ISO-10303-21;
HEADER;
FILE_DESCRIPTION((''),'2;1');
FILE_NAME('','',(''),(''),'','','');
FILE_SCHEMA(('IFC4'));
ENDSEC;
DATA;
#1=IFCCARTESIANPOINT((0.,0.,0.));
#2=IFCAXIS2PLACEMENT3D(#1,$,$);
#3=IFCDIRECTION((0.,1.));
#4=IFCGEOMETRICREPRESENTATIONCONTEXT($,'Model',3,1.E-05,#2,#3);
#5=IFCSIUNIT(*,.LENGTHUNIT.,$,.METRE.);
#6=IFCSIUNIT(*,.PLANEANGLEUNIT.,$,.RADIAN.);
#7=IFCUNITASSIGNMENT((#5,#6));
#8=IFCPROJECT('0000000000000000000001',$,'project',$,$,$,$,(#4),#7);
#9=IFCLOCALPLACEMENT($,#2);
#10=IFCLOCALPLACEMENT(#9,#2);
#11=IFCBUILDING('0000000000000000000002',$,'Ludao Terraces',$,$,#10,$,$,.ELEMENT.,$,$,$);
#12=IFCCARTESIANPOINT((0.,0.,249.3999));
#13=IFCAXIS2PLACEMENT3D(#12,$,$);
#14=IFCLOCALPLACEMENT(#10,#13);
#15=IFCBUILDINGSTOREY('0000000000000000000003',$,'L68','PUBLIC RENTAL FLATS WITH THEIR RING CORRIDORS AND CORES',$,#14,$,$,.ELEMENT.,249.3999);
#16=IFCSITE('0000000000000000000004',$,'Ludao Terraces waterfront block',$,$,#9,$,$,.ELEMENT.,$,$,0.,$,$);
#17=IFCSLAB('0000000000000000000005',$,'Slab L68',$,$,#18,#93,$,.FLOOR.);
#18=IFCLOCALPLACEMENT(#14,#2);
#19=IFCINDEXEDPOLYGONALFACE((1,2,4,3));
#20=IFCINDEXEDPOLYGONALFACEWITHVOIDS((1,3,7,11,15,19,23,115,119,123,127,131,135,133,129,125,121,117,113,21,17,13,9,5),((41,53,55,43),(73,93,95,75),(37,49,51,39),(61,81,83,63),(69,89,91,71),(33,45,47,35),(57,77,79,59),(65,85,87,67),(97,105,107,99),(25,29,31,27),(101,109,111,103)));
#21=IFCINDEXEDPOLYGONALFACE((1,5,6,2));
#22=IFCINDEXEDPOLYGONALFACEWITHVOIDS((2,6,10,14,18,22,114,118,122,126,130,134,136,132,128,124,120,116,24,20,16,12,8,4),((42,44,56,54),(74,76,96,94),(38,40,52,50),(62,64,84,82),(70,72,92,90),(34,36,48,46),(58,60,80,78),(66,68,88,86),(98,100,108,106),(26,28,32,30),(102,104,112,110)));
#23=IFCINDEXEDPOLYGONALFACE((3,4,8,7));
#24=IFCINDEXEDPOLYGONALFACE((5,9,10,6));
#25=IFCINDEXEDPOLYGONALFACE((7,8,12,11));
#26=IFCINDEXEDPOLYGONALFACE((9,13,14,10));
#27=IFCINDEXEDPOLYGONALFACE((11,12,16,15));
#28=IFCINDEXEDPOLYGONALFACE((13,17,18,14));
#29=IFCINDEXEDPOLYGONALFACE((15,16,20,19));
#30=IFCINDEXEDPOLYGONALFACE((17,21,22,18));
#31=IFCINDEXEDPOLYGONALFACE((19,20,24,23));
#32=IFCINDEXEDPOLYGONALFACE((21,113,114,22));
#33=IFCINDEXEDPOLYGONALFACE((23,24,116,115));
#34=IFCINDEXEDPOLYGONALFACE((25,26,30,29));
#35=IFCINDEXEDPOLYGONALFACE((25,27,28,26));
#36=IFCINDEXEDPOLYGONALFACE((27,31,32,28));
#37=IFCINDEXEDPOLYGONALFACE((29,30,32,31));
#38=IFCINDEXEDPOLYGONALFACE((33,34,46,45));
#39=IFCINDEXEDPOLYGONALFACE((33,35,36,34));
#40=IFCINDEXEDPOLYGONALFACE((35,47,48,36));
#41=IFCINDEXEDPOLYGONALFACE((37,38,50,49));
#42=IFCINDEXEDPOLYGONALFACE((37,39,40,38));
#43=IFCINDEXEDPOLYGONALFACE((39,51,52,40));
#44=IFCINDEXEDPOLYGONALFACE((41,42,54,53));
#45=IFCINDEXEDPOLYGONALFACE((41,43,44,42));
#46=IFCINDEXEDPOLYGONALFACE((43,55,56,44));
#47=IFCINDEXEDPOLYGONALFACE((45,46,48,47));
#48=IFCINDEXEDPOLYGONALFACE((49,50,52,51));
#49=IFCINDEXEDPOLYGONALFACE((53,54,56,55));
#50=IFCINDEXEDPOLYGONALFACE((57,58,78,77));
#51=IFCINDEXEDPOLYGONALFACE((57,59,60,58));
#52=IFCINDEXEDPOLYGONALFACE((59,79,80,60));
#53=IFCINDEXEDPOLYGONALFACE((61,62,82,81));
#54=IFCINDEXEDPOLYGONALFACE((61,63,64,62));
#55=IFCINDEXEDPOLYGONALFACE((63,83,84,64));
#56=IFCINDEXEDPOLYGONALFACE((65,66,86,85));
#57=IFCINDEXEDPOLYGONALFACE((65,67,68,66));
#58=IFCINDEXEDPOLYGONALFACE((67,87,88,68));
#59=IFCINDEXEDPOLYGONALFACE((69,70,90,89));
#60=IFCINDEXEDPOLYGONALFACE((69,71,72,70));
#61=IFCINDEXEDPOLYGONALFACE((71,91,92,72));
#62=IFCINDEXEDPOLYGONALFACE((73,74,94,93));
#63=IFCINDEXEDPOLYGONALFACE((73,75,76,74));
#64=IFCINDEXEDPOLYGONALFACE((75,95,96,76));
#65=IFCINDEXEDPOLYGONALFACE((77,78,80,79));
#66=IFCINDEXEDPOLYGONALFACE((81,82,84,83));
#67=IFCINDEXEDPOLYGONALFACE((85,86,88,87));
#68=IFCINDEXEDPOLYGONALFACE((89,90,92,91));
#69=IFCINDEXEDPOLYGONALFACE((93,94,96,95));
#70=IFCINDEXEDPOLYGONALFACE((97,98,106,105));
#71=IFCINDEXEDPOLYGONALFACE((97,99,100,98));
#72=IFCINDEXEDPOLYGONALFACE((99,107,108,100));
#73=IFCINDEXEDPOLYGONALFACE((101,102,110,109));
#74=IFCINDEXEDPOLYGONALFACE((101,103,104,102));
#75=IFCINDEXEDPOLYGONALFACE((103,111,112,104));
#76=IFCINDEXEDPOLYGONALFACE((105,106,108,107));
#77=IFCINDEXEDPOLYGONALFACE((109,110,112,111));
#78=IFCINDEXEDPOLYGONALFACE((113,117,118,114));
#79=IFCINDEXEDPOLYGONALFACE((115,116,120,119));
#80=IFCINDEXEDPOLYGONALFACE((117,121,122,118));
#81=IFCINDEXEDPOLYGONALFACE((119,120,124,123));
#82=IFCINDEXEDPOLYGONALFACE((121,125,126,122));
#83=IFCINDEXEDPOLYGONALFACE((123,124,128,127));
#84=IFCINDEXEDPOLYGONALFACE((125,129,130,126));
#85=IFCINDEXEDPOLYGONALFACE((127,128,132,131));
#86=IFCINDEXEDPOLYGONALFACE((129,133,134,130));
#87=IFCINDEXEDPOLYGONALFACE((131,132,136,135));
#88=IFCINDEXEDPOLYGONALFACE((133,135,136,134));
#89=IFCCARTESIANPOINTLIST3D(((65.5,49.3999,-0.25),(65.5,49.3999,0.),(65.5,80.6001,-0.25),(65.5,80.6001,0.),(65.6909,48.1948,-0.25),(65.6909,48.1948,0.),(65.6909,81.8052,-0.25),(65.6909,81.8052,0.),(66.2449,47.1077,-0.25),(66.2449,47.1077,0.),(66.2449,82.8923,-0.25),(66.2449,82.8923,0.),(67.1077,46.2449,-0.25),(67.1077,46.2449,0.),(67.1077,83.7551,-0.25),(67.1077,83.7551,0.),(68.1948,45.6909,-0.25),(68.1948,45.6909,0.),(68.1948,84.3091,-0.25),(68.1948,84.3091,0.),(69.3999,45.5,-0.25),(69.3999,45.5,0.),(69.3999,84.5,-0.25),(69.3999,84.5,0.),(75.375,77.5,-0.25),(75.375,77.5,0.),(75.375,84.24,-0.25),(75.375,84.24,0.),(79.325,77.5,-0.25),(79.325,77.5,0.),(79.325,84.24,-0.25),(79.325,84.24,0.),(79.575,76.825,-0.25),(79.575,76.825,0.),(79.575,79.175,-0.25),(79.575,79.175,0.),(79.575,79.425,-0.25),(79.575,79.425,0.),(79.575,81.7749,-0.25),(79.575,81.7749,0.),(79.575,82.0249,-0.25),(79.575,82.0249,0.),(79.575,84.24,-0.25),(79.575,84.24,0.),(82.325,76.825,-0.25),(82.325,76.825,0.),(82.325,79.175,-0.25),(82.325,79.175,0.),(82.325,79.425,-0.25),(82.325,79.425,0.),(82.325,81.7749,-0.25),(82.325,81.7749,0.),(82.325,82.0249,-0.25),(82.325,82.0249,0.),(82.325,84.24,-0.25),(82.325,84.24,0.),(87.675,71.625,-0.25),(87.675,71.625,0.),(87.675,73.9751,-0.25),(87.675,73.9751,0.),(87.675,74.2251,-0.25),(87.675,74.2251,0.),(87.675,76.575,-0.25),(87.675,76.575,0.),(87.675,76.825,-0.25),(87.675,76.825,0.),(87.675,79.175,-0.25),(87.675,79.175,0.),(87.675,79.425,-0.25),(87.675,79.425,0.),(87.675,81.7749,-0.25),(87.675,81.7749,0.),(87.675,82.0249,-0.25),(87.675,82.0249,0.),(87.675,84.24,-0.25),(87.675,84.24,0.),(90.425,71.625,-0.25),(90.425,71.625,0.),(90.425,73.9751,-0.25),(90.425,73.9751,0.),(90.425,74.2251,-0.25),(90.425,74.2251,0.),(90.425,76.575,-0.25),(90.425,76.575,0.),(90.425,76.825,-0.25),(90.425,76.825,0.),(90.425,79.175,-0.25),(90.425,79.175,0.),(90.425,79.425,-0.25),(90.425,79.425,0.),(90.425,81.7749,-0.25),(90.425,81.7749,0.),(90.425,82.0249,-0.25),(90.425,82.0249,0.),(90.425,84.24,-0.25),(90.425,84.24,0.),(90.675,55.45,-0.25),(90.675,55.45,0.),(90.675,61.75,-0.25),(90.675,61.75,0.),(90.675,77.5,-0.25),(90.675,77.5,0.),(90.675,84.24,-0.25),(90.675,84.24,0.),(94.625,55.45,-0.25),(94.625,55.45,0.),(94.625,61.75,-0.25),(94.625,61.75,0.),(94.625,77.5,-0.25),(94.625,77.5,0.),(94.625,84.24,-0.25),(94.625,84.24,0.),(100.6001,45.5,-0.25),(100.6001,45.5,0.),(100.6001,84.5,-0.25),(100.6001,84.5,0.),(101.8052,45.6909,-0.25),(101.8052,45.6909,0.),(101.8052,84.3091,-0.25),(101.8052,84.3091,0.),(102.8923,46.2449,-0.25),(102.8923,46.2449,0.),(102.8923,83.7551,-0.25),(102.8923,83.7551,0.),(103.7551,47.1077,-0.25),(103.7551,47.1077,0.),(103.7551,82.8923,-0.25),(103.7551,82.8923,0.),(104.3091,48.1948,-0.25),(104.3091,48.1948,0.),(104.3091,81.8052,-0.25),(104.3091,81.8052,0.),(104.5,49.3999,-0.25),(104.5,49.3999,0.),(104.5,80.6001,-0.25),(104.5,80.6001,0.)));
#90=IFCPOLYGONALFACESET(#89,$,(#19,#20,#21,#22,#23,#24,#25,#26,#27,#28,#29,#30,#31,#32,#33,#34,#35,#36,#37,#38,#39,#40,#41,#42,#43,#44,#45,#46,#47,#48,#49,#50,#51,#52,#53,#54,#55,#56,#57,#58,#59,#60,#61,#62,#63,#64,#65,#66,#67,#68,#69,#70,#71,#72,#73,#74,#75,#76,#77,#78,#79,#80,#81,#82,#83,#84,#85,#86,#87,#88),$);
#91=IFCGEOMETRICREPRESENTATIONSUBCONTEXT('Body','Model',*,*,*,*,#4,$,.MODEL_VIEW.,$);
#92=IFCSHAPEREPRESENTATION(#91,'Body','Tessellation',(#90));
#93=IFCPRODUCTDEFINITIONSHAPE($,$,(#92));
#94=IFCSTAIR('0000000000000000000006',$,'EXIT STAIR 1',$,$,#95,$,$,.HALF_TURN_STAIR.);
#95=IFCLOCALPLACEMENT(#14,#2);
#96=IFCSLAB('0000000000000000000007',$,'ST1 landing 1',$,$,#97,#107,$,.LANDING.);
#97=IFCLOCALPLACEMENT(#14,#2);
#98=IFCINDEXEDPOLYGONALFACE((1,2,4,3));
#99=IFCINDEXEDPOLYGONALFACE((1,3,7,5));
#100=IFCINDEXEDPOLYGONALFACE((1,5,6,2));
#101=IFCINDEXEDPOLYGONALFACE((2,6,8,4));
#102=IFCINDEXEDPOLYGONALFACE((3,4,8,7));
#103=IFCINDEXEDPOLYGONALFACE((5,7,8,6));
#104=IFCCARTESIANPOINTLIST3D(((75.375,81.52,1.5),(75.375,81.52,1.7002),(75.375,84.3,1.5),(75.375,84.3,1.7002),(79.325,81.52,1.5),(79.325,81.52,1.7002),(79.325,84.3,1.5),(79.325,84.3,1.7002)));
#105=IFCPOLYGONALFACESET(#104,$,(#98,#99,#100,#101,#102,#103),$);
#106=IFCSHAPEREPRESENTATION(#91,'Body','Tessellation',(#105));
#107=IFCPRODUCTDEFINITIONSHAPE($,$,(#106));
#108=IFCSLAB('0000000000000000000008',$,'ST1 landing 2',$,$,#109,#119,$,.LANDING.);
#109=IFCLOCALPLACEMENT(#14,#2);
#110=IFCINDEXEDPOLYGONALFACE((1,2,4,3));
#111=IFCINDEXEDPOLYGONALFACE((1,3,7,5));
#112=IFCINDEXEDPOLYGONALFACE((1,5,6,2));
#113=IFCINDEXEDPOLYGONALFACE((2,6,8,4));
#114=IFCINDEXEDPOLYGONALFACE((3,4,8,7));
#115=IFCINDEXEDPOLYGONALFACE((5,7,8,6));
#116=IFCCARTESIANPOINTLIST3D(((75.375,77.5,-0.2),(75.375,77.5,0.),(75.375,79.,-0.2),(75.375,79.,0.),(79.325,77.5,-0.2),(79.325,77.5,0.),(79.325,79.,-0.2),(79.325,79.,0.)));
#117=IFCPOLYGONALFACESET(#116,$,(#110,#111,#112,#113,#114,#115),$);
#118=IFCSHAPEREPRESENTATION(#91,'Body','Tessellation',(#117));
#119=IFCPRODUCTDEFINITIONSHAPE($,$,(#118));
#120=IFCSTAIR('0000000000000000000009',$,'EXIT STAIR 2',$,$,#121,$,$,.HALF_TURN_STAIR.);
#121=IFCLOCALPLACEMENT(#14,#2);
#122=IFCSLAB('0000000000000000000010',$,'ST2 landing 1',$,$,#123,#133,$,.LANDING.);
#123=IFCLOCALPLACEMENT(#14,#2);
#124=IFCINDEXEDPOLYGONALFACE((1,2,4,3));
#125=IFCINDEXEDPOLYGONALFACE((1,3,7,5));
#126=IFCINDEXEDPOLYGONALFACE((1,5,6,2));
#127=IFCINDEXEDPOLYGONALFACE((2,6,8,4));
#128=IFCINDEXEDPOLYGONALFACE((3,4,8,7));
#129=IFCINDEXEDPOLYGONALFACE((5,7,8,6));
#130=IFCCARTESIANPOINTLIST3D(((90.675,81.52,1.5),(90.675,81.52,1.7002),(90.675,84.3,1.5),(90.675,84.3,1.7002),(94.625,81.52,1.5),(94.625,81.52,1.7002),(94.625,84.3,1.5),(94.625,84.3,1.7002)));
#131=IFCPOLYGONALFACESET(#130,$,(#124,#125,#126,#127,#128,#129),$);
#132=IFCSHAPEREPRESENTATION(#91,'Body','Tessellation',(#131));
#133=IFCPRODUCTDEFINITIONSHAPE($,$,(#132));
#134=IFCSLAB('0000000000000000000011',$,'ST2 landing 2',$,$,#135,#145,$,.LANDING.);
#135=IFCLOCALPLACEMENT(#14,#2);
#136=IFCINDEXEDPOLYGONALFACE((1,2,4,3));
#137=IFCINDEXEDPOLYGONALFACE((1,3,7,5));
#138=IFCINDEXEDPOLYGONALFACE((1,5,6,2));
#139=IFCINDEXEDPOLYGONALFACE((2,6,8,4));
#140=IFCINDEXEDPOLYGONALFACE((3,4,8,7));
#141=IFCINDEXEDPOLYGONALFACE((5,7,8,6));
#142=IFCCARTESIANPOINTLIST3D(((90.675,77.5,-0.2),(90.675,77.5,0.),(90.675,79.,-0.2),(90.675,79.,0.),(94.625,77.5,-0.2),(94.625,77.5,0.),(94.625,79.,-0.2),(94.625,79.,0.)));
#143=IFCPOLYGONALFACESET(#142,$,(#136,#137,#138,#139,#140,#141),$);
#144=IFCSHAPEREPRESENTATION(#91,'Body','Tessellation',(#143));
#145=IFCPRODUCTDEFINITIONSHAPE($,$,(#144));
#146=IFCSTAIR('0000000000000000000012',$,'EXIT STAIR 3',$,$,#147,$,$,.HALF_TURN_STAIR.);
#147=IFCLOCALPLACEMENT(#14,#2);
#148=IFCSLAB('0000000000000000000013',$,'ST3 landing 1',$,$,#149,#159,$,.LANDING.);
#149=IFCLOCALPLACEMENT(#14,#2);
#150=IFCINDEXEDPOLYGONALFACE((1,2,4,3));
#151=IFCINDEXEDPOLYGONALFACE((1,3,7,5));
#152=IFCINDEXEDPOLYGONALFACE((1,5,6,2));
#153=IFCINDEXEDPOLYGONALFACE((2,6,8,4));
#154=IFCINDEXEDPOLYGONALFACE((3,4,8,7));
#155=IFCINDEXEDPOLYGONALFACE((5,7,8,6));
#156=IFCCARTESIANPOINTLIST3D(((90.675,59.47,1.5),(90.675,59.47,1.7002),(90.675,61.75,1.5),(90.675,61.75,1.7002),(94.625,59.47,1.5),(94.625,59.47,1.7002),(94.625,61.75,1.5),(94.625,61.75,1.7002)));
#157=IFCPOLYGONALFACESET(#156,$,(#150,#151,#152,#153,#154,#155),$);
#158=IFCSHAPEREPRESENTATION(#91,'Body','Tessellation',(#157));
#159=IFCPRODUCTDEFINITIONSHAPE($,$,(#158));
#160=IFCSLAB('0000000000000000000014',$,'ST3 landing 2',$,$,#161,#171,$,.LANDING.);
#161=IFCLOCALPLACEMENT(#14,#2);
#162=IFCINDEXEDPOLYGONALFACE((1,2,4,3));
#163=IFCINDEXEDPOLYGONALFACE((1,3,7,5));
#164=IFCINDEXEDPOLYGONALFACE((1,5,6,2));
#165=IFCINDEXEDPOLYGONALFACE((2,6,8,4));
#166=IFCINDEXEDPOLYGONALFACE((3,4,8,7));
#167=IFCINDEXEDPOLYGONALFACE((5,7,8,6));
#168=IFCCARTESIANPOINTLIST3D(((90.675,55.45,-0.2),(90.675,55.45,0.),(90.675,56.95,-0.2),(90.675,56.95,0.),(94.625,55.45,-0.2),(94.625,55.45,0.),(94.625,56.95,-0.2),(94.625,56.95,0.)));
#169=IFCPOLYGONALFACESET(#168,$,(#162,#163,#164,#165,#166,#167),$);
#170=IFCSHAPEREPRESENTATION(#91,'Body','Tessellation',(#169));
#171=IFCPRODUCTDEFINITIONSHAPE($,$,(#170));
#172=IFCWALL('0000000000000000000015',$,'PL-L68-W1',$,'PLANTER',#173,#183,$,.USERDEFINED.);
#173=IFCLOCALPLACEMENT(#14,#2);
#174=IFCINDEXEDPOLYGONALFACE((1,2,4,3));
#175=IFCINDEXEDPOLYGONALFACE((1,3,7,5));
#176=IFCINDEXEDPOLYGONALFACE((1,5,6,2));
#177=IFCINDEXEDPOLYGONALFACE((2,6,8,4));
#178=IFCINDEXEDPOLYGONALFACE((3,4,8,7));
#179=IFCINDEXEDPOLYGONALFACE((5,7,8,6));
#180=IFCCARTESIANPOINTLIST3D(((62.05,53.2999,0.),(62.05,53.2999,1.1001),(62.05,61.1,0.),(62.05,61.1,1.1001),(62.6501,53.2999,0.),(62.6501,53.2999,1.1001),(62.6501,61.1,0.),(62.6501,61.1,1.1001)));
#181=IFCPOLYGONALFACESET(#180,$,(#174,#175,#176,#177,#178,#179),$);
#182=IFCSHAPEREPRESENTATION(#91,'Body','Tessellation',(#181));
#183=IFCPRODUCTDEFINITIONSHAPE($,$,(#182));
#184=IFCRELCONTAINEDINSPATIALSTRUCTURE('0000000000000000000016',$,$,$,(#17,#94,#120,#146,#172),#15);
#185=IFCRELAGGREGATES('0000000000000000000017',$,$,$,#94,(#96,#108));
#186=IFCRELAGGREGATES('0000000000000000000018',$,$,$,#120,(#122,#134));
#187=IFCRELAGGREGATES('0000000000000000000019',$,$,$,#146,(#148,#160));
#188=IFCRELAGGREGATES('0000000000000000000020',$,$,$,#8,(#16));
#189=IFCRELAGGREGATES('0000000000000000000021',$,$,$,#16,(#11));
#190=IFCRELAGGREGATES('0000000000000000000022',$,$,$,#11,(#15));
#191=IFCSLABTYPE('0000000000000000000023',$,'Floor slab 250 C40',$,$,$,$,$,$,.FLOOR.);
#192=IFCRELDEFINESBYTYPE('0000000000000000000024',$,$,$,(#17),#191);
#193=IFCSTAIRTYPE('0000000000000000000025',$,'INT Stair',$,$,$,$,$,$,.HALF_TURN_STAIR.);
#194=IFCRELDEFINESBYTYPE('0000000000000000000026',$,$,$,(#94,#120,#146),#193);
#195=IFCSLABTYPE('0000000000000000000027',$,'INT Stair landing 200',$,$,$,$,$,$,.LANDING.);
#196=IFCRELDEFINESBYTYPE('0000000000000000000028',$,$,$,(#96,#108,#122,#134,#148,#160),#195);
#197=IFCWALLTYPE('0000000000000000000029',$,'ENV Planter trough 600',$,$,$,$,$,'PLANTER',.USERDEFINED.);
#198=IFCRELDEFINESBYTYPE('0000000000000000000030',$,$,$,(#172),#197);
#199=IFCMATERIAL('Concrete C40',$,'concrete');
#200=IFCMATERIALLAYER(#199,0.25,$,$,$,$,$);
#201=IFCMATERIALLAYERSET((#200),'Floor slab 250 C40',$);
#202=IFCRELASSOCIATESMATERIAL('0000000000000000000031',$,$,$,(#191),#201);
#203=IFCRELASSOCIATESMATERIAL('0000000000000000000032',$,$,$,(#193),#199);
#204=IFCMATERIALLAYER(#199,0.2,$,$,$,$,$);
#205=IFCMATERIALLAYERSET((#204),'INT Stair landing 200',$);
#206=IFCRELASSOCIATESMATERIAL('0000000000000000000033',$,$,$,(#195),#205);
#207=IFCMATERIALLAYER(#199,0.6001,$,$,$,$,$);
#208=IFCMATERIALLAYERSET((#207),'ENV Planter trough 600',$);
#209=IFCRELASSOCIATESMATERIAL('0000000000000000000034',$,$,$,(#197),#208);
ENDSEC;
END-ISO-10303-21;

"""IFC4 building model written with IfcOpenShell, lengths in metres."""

from ifc_helpers import new_model, si_unit, direction, frame, frame_2d, origin, place, context, subcontext, project, spatial, polyline, rectangle, outline, extrude, material, layer, layer_set, type_object, element, aggregate, save


model = new_model("IFC4")

# Units and contexts
model_context = context("Model", 3, precision=1e-05, world=origin(), true_north=direction((0.0, 1.0)))
body_context = subcontext(model_context, "Body", "Model", "MODEL_VIEW")
ifc_project = project(units=[si_unit("LENGTHUNIT", "METRE"), si_unit("PLANEANGLEUNIT", "RADIAN")], contexts=[model_context])

# Site, building, storey
site_placement = place(None, origin())
site = spatial("IfcSite", under=ifc_project, at=site_placement, Name="Ludao Terraces waterfront block", CompositionType="ELEMENT", RefElevation=0.0)
building_placement = place(site_placement, origin())
building = spatial("IfcBuilding", under=site, at=building_placement, Name="Ludao Terraces", CompositionType="ELEMENT")
storey_placement = place(building_placement, frame((0.0, 0.0, 249.3999)))
storey = spatial("IfcBuildingStorey", under=building, at=storey_placement, Name="L68", Description="PUBLIC RENTAL FLATS WITH THEIR RING CORRIDORS AND CORES", CompositionType="ELEMENT", Elevation=249.3999)

# Shared definitions
ifc_material_1 = material(Name="Concrete C40", Category="concrete")

# Slab
ifc_layer_1 = layer(ifc_material_1, 0.25)
ifc_layer_set_1 = layer_set([ifc_layer_1], Name="Floor slab 250 C40")
slab_type_1 = type_object("IfcSlabType", Name="Floor slab 250 C40", PredefinedType="FLOOR", material=ifc_layer_set_1)
slab_1_placement = place(storey_placement, frame((0.0, 0.0, -0.25)))
element("IfcSlab", 1, at=slab_1_placement, inside=storey, type_object=slab_type_1, Name="Slab L68", PredefinedType="FLOOR", context=body_context, shape_type="SweptSolid", body=[
    extrude(outline(polyline([(100.6001, 45.5), (101.8052, 45.6909), (102.8923, 46.2449), (103.7551, 47.1077), (104.3091, 48.1948), (104.5, 49.3999), (104.5, 80.6001), (104.3091, 81.8052), (103.7551, 82.8923), (102.8923, 83.7551), (101.8052, 84.3091), (100.6001, 84.5), (69.3999, 84.5), (68.1948, 84.3091), (67.1077, 83.7551), (66.2449, 82.8923), (65.6909, 81.8052), (65.5, 80.6001), (65.5, 49.3999), (65.6909, 48.1948), (66.2449, 47.1077), (67.1077, 46.2449), (68.1948, 45.6909), (69.3999, 45.5), (100.6001, 45.5)]), holes=[polyline([(79.575, 76.825), (82.325, 76.825), (82.325, 79.175), (79.575, 79.175), (79.575, 76.825)]), polyline([(79.575, 79.425), (82.325, 79.425), (82.325, 81.7749), (79.575, 81.7749), (79.575, 79.425)]), polyline([(79.575, 82.0249), (82.325, 82.0249), (82.325, 84.24), (79.575, 84.24), (79.575, 82.0249)]), polyline([(87.675, 71.625), (90.425, 71.625), (90.425, 73.9751), (87.675, 73.9751), (87.675, 71.625)]), polyline([(87.675, 74.2251), (90.425, 74.2251), (90.425, 76.575), (87.675, 76.575), (87.675, 74.2251)]), polyline([(87.675, 76.825), (90.425, 76.825), (90.425, 79.175), (87.675, 79.175), (87.675, 76.825)]), polyline([(87.675, 79.425), (90.425, 79.425), (90.425, 81.7749), (87.675, 81.7749), (87.675, 79.425)]), polyline([(87.675, 82.0249), (90.425, 82.0249), (90.425, 84.24), (87.675, 84.24), (87.675, 82.0249)]), polyline([(75.375, 77.5), (79.325, 77.5), (79.325, 84.24), (75.375, 84.24), (75.375, 77.5)]), polyline([(90.675, 77.5), (94.625, 77.5), (94.625, 84.24), (90.675, 84.24), (90.675, 77.5)]), polyline([(90.675, 55.45), (94.625, 55.45), (94.625, 61.75), (90.675, 61.75), (90.675, 55.45)])]), origin(), (0.0, 0.0, 1.0), 0.25),
])

# Stairs, slabs
stair_type = type_object("IfcStairType", Name="INT Stair", PredefinedType="HALF_TURN_STAIR", material=ifc_material_1)
stair_1_placement = place(storey_placement, origin())
stair_1 = element("IfcStair", 2, at=stair_1_placement, inside=storey, type_object=stair_type, Name="EXIT STAIR 1", PredefinedType="HALF_TURN_STAIR")
ifc_layer_2 = layer(ifc_material_1, 0.2)
ifc_layer_set_2 = layer_set([ifc_layer_2], Name="INT Stair landing 200")
slab_type_2 = type_object("IfcSlabType", Name="INT Stair landing 200", PredefinedType="LANDING", material=ifc_layer_set_2)
slab_2_placement = place(storey_placement, frame((0.0, 0.0, 1.5)))
slab_2 = element("IfcSlab", 3, at=slab_2_placement, type_object=slab_type_2, Name="ST1 landing 1", PredefinedType="LANDING", context=body_context, shape_type="SweptSolid", body=[
    extrude(outline(polyline([(75.375, 81.52), (79.325, 81.52), (79.325, 84.3), (75.375, 84.3), (75.375, 81.52)])), origin(), (0.0, 0.0, 1.0), 0.2002),
])
slab_3_placement = place(storey_placement, frame((0.0, 0.0, -0.2)))
slab_3 = element("IfcSlab", 4, at=slab_3_placement, type_object=slab_type_2, Name="ST1 landing 2", PredefinedType="LANDING", context=body_context, shape_type="SweptSolid", body=[
    extrude(outline(polyline([(75.375, 77.5), (79.325, 77.5), (79.325, 79.0), (75.375, 79.0), (75.375, 77.5)])), origin(), (0.0, 0.0, 1.0), 0.2),
])
aggregate(stair_1, [slab_2, slab_3])
stair_2_placement = place(storey_placement, origin())
stair_2 = element("IfcStair", 5, at=stair_2_placement, inside=storey, type_object=stair_type, Name="EXIT STAIR 2", PredefinedType="HALF_TURN_STAIR")
slab_4_placement = place(storey_placement, frame((0.0, 0.0, 1.5)))
slab_4 = element("IfcSlab", 6, at=slab_4_placement, type_object=slab_type_2, Name="ST2 landing 1", PredefinedType="LANDING", context=body_context, shape_type="SweptSolid", body=[
    extrude(outline(polyline([(90.675, 81.52), (94.625, 81.52), (94.625, 84.3), (90.675, 84.3), (90.675, 81.52)])), origin(), (0.0, 0.0, 1.0), 0.2002),
])
slab_5_placement = place(storey_placement, frame((0.0, 0.0, -0.2)))
slab_5 = element("IfcSlab", 7, at=slab_5_placement, type_object=slab_type_2, Name="ST2 landing 2", PredefinedType="LANDING", context=body_context, shape_type="SweptSolid", body=[
    extrude(outline(polyline([(90.675, 77.5), (94.625, 77.5), (94.625, 79.0), (90.675, 79.0), (90.675, 77.5)])), origin(), (0.0, 0.0, 1.0), 0.2),
])
aggregate(stair_2, [slab_4, slab_5])
stair_3_placement = place(storey_placement, origin())
stair_3 = element("IfcStair", 8, at=stair_3_placement, inside=storey, type_object=stair_type, Name="EXIT STAIR 3", PredefinedType="HALF_TURN_STAIR")
slab_6_placement = place(storey_placement, frame((0.0, 0.0, 1.5)))
slab_6 = element("IfcSlab", 9, at=slab_6_placement, type_object=slab_type_2, Name="ST3 landing 1", PredefinedType="LANDING", context=body_context, shape_type="SweptSolid", body=[
    extrude(outline(polyline([(90.675, 59.47), (94.625, 59.47), (94.625, 61.75), (90.675, 61.75), (90.675, 59.47)])), origin(), (0.0, 0.0, 1.0), 0.2002),
])
slab_7_placement = place(storey_placement, frame((0.0, 0.0, -0.2)))
slab_7 = element("IfcSlab", 10, at=slab_7_placement, type_object=slab_type_2, Name="ST3 landing 2", PredefinedType="LANDING", context=body_context, shape_type="SweptSolid", body=[
    extrude(outline(polyline([(90.675, 55.45), (94.625, 55.45), (94.625, 56.95), (90.675, 56.95), (90.675, 55.45)])), origin(), (0.0, 0.0, 1.0), 0.2),
])
aggregate(stair_3, [slab_6, slab_7])

# Wall
ifc_layer_3 = layer(ifc_material_1, 0.6001)
ifc_layer_set_3 = layer_set([ifc_layer_3], Name="ENV Planter trough 600")
wall_type = type_object("IfcWallType", Name="ENV Planter trough 600", ElementType="PLANTER", PredefinedType="USERDEFINED", material=ifc_layer_set_3)
wall_1_placement = place(storey_placement, frame((62.3501, 53.3, 0.0), z_axis=(0.0, 0.0, 1.0), x_axis=(0.0, 1.0, 0.0)))
element("IfcWall", 11, at=wall_1_placement, inside=storey, type_object=wall_type, Name="PL-L68-W1", ObjectType="PLANTER", PredefinedType="USERDEFINED", context=body_context, shape_type="SweptSolid", body=[
    extrude(rectangle(XDim=7.8, YDim=0.6001, at=frame_2d((3.8999, 0.0))), origin(), (0.0, 0.0, 1.0), 1.1001),
])

save(model, "model.ifc")
